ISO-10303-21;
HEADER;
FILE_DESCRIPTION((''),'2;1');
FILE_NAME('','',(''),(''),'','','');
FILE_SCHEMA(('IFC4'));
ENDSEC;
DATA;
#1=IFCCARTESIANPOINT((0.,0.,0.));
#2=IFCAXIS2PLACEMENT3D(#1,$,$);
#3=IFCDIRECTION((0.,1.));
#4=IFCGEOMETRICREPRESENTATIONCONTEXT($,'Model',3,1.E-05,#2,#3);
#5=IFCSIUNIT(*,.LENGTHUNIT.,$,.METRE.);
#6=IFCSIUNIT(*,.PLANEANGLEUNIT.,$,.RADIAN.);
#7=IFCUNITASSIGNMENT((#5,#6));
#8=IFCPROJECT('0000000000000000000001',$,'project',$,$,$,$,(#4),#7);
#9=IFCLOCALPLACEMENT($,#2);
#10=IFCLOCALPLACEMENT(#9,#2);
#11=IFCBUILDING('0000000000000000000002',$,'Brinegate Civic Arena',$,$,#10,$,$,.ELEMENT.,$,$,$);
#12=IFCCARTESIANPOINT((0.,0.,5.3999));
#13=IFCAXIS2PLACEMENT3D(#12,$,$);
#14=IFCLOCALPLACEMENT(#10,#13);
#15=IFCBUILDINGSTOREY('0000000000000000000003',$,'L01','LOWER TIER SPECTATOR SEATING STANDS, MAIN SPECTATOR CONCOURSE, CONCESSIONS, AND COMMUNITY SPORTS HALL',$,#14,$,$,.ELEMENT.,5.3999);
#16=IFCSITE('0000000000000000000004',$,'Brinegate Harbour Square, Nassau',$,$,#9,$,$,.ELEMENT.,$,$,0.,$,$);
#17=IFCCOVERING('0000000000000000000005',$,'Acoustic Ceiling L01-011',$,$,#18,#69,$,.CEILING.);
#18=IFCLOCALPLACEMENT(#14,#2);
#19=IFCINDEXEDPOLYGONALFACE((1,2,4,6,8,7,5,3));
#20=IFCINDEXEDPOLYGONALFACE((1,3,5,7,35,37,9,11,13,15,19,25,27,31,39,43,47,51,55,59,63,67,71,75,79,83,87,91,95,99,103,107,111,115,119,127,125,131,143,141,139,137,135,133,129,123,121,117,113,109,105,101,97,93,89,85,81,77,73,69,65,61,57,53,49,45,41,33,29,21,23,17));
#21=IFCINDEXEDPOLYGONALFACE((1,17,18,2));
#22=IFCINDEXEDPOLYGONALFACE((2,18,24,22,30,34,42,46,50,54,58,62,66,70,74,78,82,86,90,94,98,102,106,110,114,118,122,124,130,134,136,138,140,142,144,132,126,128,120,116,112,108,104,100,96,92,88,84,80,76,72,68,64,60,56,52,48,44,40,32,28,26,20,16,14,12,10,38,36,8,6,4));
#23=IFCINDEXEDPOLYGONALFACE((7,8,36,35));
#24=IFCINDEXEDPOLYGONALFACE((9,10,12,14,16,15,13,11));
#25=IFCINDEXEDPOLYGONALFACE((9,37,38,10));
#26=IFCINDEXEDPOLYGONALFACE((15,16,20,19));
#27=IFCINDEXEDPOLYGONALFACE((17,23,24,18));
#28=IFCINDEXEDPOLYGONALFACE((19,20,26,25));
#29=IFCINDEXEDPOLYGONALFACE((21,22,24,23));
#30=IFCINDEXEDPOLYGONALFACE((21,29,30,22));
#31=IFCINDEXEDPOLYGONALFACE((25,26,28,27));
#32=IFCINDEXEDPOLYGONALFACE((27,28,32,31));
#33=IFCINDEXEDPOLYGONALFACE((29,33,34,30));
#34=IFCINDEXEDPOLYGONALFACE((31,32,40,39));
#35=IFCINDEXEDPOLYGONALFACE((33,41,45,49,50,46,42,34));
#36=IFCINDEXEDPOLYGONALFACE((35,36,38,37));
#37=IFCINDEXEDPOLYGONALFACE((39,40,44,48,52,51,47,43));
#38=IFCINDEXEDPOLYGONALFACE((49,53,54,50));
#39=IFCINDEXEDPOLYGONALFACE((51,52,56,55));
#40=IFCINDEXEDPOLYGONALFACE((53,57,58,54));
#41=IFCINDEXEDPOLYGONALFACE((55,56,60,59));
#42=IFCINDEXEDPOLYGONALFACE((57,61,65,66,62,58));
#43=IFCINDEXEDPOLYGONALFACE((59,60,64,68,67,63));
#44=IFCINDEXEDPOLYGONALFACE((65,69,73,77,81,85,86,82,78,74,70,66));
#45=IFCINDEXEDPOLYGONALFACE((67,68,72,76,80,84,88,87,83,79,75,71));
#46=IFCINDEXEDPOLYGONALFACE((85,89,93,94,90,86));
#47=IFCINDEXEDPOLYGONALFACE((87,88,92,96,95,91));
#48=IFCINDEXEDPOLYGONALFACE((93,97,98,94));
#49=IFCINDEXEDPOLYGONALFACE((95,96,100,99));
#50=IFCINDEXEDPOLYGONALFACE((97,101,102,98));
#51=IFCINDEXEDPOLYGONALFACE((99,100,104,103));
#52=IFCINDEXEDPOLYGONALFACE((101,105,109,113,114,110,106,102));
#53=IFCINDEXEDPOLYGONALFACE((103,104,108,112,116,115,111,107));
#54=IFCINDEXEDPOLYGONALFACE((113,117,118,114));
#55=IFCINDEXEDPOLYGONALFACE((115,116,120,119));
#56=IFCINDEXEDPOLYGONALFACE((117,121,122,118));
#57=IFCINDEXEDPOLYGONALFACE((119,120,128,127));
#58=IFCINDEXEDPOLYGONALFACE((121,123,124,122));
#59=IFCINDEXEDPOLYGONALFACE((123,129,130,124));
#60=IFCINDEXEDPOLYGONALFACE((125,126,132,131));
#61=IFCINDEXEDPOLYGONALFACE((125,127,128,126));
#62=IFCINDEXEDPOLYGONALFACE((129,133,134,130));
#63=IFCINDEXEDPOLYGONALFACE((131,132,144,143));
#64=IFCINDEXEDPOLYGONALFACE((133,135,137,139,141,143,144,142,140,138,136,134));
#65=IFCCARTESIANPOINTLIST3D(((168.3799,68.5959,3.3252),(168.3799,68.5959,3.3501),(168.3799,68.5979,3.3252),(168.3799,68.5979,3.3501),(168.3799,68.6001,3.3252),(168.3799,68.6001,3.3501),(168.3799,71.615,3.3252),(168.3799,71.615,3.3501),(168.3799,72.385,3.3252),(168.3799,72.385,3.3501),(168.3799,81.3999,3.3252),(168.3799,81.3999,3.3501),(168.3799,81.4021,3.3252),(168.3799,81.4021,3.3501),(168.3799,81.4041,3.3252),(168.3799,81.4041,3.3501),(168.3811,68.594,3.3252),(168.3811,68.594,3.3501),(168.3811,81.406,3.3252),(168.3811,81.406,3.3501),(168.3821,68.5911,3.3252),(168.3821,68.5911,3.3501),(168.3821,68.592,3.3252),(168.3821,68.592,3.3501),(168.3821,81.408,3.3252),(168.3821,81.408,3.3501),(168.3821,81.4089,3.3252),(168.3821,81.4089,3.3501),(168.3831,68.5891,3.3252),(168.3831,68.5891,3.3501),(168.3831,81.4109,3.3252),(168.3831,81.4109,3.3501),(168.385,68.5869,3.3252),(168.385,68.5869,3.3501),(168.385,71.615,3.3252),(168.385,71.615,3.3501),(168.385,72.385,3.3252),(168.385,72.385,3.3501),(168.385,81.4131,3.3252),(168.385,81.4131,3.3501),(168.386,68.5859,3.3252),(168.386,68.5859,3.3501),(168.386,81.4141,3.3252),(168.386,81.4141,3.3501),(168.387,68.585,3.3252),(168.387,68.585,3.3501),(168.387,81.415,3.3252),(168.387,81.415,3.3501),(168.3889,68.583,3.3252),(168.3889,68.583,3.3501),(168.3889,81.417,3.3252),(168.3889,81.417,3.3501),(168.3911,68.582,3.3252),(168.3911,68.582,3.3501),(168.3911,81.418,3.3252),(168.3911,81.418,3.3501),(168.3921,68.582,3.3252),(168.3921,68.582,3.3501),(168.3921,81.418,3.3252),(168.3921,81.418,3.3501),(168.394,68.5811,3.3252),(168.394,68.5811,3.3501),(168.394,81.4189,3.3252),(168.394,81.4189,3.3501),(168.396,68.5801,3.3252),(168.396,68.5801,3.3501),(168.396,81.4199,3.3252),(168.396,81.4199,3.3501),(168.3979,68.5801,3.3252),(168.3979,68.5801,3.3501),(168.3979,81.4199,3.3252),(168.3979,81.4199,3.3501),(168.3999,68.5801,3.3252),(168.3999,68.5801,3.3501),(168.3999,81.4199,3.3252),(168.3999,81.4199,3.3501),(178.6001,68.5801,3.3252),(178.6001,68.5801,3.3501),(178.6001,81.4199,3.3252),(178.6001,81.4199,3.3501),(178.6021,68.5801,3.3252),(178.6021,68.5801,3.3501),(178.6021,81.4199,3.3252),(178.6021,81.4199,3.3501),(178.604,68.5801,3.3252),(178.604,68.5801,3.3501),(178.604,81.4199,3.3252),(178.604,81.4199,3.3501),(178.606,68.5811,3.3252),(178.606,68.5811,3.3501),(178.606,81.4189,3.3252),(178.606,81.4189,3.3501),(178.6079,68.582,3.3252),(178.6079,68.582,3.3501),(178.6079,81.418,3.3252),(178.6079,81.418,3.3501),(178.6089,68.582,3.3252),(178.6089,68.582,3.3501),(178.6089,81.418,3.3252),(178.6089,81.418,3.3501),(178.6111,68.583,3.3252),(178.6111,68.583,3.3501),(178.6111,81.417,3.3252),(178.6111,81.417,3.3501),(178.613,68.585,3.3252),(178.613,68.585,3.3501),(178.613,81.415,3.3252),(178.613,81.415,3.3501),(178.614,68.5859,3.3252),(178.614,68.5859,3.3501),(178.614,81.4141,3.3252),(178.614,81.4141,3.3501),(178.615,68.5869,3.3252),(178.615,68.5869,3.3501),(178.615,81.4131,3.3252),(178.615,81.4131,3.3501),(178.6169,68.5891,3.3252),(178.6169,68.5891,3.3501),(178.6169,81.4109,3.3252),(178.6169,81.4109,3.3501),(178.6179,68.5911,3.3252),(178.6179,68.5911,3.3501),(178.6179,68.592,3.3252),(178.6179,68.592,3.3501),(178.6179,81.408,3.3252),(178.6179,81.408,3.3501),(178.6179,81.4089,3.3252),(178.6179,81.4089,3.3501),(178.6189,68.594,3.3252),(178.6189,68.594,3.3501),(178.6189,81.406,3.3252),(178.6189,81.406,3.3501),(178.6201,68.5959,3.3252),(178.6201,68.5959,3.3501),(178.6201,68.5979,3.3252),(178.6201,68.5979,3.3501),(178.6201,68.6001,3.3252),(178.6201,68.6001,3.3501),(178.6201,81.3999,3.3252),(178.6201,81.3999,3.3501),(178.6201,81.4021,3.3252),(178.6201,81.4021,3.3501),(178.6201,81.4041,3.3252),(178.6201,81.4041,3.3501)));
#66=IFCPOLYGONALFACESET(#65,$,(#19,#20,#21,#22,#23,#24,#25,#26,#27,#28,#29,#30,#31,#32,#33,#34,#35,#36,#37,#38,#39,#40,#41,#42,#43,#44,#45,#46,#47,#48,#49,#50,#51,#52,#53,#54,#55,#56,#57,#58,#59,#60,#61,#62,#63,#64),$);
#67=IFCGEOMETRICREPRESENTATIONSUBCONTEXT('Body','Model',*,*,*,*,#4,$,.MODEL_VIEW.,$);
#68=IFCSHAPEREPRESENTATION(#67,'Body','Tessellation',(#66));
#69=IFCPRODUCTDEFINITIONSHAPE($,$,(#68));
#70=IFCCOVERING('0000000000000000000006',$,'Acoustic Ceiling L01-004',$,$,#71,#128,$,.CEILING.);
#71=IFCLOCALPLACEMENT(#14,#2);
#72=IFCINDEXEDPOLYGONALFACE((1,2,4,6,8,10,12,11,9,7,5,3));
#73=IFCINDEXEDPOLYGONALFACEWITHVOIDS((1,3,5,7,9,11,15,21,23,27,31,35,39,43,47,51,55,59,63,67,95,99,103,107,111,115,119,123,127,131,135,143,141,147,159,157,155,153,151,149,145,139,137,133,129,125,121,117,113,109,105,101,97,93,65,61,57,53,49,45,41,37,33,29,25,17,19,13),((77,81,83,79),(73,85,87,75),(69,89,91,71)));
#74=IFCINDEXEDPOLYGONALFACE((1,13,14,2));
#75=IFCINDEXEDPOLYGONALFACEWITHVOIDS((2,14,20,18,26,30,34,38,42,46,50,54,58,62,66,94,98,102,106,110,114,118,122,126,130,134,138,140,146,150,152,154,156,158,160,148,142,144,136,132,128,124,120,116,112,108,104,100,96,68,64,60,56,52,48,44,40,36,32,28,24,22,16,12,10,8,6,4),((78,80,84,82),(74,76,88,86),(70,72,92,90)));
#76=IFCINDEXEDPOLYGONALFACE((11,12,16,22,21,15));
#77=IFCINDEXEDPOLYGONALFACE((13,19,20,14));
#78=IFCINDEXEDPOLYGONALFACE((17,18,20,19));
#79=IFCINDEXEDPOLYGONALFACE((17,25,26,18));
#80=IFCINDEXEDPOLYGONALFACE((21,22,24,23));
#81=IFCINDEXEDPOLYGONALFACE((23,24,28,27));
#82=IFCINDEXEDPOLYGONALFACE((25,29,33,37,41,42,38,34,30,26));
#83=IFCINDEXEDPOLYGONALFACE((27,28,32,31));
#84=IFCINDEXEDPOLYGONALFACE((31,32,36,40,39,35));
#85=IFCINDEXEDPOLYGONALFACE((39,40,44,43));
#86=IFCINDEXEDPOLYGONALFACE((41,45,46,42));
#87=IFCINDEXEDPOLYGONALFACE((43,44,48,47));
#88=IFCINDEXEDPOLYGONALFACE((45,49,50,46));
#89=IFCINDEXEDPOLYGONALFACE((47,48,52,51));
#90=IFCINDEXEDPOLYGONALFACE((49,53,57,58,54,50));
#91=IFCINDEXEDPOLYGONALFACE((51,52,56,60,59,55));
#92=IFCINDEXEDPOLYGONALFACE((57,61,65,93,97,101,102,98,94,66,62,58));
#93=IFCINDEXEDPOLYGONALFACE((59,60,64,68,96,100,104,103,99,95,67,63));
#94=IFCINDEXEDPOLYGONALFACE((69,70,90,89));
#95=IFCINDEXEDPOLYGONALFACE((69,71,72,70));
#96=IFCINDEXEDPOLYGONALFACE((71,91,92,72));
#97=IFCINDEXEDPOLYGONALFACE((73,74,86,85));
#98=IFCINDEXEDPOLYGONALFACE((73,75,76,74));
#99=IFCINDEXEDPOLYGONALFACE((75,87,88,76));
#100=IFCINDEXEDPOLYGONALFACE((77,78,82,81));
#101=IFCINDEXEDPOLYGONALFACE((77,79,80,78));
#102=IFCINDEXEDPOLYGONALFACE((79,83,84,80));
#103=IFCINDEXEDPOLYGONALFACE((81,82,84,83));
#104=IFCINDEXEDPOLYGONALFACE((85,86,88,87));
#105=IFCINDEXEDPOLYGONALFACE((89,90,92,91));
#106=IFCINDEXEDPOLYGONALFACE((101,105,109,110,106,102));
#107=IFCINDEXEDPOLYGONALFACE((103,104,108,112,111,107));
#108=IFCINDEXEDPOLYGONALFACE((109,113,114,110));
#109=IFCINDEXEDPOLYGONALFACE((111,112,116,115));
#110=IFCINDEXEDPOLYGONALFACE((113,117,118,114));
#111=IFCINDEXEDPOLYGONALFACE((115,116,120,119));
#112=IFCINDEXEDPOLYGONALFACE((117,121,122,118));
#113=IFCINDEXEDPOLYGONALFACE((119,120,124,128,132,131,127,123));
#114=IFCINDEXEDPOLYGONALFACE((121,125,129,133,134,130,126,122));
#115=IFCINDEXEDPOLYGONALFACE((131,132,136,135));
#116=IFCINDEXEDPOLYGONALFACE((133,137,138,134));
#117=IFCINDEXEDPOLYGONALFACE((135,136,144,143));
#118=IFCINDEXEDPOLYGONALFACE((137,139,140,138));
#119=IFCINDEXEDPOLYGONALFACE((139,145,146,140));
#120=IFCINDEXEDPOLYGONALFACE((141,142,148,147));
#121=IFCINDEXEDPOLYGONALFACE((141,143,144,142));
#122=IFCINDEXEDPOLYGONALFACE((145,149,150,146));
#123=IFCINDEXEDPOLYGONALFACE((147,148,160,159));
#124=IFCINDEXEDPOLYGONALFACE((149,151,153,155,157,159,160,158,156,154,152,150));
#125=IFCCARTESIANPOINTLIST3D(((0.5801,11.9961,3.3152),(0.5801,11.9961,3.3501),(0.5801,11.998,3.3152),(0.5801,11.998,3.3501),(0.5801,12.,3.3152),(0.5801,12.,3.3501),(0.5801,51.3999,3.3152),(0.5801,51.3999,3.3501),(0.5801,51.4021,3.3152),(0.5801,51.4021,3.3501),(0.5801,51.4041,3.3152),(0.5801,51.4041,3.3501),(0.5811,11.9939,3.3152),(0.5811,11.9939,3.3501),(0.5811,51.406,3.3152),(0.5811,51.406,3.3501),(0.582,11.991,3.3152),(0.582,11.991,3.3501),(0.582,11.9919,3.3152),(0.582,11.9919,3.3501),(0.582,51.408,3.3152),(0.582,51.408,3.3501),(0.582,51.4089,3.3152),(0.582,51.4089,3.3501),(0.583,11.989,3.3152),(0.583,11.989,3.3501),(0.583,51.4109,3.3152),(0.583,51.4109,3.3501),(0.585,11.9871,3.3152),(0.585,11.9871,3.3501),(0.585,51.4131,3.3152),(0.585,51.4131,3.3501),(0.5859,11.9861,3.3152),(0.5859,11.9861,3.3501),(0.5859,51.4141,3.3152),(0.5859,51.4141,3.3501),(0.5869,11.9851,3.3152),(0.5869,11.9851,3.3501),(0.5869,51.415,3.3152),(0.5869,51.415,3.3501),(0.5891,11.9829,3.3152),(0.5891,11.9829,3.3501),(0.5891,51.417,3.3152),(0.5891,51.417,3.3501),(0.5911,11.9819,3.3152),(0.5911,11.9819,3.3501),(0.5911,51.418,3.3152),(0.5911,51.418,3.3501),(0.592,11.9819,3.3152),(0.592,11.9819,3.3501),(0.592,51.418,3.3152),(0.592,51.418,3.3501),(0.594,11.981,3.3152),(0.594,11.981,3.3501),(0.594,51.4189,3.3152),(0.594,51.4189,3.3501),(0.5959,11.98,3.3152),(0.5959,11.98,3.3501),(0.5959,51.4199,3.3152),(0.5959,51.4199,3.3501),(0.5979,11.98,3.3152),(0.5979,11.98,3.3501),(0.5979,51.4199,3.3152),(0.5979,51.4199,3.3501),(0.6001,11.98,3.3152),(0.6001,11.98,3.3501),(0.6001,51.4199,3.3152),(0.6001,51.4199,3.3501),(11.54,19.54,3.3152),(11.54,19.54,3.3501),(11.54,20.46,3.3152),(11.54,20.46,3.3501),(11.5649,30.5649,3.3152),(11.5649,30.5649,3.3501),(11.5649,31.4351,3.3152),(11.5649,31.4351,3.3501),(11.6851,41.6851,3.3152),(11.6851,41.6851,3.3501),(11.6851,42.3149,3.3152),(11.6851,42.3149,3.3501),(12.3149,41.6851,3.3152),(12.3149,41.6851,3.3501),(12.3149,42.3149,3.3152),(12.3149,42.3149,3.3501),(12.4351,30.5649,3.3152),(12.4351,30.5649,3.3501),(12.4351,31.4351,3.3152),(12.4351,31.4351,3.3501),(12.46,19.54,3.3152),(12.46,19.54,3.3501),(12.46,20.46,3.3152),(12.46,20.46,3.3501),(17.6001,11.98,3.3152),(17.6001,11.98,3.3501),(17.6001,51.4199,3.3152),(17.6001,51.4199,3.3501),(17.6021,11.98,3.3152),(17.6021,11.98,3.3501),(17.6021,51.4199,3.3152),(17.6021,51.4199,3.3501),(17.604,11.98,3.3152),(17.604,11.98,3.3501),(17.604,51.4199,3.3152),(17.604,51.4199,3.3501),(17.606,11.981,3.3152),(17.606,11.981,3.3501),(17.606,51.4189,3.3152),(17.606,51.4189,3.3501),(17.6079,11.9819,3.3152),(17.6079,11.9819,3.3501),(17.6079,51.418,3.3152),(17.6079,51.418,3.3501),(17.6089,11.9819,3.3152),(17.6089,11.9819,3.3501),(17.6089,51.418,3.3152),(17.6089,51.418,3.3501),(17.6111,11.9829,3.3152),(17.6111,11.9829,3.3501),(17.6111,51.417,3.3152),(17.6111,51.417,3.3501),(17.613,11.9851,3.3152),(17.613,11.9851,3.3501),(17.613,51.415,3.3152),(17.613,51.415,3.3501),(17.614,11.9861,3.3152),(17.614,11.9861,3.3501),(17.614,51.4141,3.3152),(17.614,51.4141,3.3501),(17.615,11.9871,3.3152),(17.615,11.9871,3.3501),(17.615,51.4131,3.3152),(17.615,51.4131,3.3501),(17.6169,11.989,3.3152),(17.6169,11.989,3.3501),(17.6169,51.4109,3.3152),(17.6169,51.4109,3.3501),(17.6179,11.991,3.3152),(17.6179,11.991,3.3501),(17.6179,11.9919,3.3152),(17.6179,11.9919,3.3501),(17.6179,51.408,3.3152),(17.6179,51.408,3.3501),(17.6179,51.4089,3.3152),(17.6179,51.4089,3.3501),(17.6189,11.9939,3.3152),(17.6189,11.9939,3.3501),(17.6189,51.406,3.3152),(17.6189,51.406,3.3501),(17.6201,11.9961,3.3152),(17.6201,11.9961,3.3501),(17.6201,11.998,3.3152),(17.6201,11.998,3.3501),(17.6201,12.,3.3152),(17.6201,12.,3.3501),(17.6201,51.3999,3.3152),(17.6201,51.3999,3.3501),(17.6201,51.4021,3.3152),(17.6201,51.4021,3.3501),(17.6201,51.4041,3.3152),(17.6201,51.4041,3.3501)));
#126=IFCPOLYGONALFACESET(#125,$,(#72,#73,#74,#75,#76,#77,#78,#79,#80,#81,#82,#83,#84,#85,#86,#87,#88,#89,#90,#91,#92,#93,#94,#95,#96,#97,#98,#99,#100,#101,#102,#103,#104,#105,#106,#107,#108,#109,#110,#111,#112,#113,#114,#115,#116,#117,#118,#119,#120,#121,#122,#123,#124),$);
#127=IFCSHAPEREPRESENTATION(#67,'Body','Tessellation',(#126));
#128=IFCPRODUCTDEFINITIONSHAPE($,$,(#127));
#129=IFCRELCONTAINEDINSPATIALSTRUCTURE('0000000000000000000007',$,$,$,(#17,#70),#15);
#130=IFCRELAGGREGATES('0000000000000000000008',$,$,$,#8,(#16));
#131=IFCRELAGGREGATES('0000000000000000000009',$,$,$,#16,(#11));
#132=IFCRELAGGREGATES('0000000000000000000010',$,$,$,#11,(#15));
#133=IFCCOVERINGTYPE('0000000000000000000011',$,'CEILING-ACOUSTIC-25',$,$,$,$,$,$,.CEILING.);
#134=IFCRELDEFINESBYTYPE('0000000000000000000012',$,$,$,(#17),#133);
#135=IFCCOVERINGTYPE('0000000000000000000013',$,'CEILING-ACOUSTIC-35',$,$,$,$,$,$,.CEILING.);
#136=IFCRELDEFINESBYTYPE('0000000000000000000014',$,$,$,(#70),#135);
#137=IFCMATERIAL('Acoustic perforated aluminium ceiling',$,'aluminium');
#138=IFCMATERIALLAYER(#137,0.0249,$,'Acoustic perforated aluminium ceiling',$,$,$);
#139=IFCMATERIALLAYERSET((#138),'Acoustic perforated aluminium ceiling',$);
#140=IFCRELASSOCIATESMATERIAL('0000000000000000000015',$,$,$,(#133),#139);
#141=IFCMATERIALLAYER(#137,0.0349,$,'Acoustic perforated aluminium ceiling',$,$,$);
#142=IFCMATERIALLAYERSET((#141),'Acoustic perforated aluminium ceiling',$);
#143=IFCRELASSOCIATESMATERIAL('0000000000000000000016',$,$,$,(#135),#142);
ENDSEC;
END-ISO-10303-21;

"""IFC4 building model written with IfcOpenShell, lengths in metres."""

from ifc_helpers import new_model, si_unit, direction, frame, origin, place, context, subcontext, project, spatial, polyline, outline, extrude, material, layer, layer_set, type_object, element, save


model = new_model("IFC4")

# Units and contexts
model_context = context("Model", 3, precision=1e-05, world=origin(), true_north=direction((0.0, 1.0)))
body_context = subcontext(model_context, "Body", "Model", "MODEL_VIEW")
ifc_project = project(units=[si_unit("LENGTHUNIT", "METRE"), si_unit("PLANEANGLEUNIT", "RADIAN")], contexts=[model_context])

# Site, building, storey
site_placement = place(None, origin())
site = spatial("IfcSite", under=ifc_project, at=site_placement, Name="Brinegate Harbour Square, Nassau", CompositionType="ELEMENT", RefElevation=0.0)
building_placement = place(site_placement, origin())
building = spatial("IfcBuilding", under=site, at=building_placement, Name="Brinegate Civic Arena", CompositionType="ELEMENT")
storey_placement = place(building_placement, frame((0.0, 0.0, 5.3999)))
storey = spatial("IfcBuildingStorey", under=building, at=storey_placement, Name="L01", Description="LOWER TIER SPECTATOR SEATING STANDS, MAIN SPECTATOR CONCOURSE, CONCESSIONS, AND COMMUNITY SPORTS HALL", CompositionType="ELEMENT", Elevation=5.3999)

# Coverings
ifc_material_1 = material(Name="Acoustic perforated aluminium ceiling", Category="aluminium")
ifc_layer_1 = layer(ifc_material_1, 0.0249, Name="Acoustic perforated aluminium ceiling")
ifc_layer_set_1 = layer_set([ifc_layer_1], Name="Acoustic perforated aluminium ceiling")
covering_type_1 = type_object("IfcCoveringType", Name="CEILING-ACOUSTIC-25", PredefinedType="CEILING", material=ifc_layer_set_1)
covering_1_placement = place(storey_placement, frame((0.0, 0.0, 3.3252)))
element("IfcCovering", 1, at=covering_1_placement, inside=storey, type_object=covering_type_1, Name="Acoustic Ceiling L01-011", PredefinedType="CEILING", context=body_context, shape_type="SweptSolid", body=[
    extrude(outline(polyline([(178.604, 81.4199), (178.606, 81.4189), (178.6079, 81.418), (178.6089, 81.418), (178.6111, 81.417), (178.613, 81.415), (178.614, 81.4141), (178.615, 81.4131), (178.6169, 81.4109), (178.6179, 81.4089), (178.6179, 81.408), (178.6189, 81.406), (178.6201, 81.4041), (178.6201, 81.4021), (178.6201, 81.3999), (178.6201, 68.6001), (178.6201, 68.5979), (178.6201, 68.5959), (178.6189, 68.594), (178.6179, 68.592), (178.6179, 68.5911), (178.6169, 68.5891), (178.615, 68.5869), (178.614, 68.5859), (178.613, 68.585), (178.6111, 68.583), (178.6089, 68.582), (178.6079, 68.582), (178.606, 68.5811), (178.604, 68.5801), (178.6021, 68.5801), (178.6001, 68.5801), (168.3999, 68.5801), (168.3979, 68.5801), (168.396, 68.5801), (168.394, 68.5811), (168.3921, 68.582), (168.3911, 68.582), (168.3889, 68.583), (168.387, 68.585), (168.386, 68.5859), (168.385, 68.5869), (168.3831, 68.5891), (168.3821, 68.5911), (168.3821, 68.592), (168.3811, 68.594), (168.3799, 68.5959), (168.3799, 68.5979), (168.3799, 68.6001), (168.3799, 71.615), (168.385, 71.615), (168.385, 72.385), (168.3799, 72.385), (168.3799, 81.3999), (168.3799, 81.4021), (168.3799, 81.4041), (168.3811, 81.406), (168.3821, 81.408), (168.3821, 81.4089), (168.3831, 81.4109), (168.385, 81.4131), (168.386, 81.4141), (168.387, 81.415), (168.3889, 81.417), (168.3911, 81.418), (168.3921, 81.418), (168.394, 81.4189), (168.396, 81.4199), (168.3979, 81.4199), (168.3999, 81.4199), (178.6001, 81.4199), (178.6021, 81.4199), (178.604, 81.4199)])), origin(), (0.0, 0.0, 1.0), 0.0249),
])
ifc_layer_2 = layer(ifc_material_1, 0.0349, Name="Acoustic perforated aluminium ceiling")
ifc_layer_set_2 = layer_set([ifc_layer_2], Name="Acoustic perforated aluminium ceiling")
covering_type_2 = type_object("IfcCoveringType", Name="CEILING-ACOUSTIC-35", PredefinedType="CEILING", material=ifc_layer_set_2)
covering_2_placement = place(storey_placement, frame((0.0, 0.0, 3.3152)))
element("IfcCovering", 2, at=covering_2_placement, inside=storey, type_object=covering_type_2, Name="Acoustic Ceiling L01-004", PredefinedType="CEILING", context=body_context, shape_type="SweptSolid", body=[
    extrude(outline(polyline([(17.604, 51.4199), (17.606, 51.4189), (17.6079, 51.418), (17.6089, 51.418), (17.6111, 51.417), (17.613, 51.415), (17.614, 51.4141), (17.615, 51.4131), (17.6169, 51.4109), (17.6179, 51.4089), (17.6179, 51.408), (17.6189, 51.406), (17.6201, 51.4041), (17.6201, 51.4021), (17.6201, 51.3999), (17.6201, 12.0), (17.6201, 11.998), (17.6201, 11.9961), (17.6189, 11.9939), (17.6179, 11.9919), (17.6179, 11.991), (17.6169, 11.989), (17.615, 11.9871), (17.614, 11.9861), (17.613, 11.9851), (17.6111, 11.9829), (17.6089, 11.9819), (17.6079, 11.9819), (17.606, 11.981), (17.604, 11.98), (17.6021, 11.98), (17.6001, 11.98), (0.6001, 11.98), (0.5979, 11.98), (0.5959, 11.98), (0.594, 11.981), (0.592, 11.9819), (0.5911, 11.9819), (0.5891, 11.9829), (0.5869, 11.9851), (0.5859, 11.9861), (0.585, 11.9871), (0.583, 11.989), (0.582, 11.991), (0.582, 11.9919), (0.5811, 11.9939), (0.5801, 11.9961), (0.5801, 11.998), (0.5801, 12.0), (0.5801, 51.3999), (0.5801, 51.4021), (0.5801, 51.4041), (0.5811, 51.406), (0.582, 51.408), (0.582, 51.4089), (0.583, 51.4109), (0.585, 51.4131), (0.5859, 51.4141), (0.5869, 51.415), (0.5891, 51.417), (0.5911, 51.418), (0.592, 51.418), (0.594, 51.4189), (0.5959, 51.4199), (0.5979, 51.4199), (0.6001, 51.4199), (17.6001, 51.4199), (17.6021, 51.4199), (17.604, 51.4199)]), holes=[polyline([(12.46, 20.46), (11.54, 20.46), (11.54, 19.54), (12.46, 19.54), (12.46, 20.46)]), polyline([(12.4351, 31.4351), (11.5649, 31.4351), (11.5649, 30.5649), (12.4351, 30.5649), (12.4351, 31.4351)]), polyline([(11.6851, 42.3149), (11.6851, 41.6851), (12.3149, 41.6851), (12.3149, 42.3149), (11.6851, 42.3149)])]), origin(), (0.0, 0.0, 1.0), 0.0349),
])

save(model, "model.ifc")
